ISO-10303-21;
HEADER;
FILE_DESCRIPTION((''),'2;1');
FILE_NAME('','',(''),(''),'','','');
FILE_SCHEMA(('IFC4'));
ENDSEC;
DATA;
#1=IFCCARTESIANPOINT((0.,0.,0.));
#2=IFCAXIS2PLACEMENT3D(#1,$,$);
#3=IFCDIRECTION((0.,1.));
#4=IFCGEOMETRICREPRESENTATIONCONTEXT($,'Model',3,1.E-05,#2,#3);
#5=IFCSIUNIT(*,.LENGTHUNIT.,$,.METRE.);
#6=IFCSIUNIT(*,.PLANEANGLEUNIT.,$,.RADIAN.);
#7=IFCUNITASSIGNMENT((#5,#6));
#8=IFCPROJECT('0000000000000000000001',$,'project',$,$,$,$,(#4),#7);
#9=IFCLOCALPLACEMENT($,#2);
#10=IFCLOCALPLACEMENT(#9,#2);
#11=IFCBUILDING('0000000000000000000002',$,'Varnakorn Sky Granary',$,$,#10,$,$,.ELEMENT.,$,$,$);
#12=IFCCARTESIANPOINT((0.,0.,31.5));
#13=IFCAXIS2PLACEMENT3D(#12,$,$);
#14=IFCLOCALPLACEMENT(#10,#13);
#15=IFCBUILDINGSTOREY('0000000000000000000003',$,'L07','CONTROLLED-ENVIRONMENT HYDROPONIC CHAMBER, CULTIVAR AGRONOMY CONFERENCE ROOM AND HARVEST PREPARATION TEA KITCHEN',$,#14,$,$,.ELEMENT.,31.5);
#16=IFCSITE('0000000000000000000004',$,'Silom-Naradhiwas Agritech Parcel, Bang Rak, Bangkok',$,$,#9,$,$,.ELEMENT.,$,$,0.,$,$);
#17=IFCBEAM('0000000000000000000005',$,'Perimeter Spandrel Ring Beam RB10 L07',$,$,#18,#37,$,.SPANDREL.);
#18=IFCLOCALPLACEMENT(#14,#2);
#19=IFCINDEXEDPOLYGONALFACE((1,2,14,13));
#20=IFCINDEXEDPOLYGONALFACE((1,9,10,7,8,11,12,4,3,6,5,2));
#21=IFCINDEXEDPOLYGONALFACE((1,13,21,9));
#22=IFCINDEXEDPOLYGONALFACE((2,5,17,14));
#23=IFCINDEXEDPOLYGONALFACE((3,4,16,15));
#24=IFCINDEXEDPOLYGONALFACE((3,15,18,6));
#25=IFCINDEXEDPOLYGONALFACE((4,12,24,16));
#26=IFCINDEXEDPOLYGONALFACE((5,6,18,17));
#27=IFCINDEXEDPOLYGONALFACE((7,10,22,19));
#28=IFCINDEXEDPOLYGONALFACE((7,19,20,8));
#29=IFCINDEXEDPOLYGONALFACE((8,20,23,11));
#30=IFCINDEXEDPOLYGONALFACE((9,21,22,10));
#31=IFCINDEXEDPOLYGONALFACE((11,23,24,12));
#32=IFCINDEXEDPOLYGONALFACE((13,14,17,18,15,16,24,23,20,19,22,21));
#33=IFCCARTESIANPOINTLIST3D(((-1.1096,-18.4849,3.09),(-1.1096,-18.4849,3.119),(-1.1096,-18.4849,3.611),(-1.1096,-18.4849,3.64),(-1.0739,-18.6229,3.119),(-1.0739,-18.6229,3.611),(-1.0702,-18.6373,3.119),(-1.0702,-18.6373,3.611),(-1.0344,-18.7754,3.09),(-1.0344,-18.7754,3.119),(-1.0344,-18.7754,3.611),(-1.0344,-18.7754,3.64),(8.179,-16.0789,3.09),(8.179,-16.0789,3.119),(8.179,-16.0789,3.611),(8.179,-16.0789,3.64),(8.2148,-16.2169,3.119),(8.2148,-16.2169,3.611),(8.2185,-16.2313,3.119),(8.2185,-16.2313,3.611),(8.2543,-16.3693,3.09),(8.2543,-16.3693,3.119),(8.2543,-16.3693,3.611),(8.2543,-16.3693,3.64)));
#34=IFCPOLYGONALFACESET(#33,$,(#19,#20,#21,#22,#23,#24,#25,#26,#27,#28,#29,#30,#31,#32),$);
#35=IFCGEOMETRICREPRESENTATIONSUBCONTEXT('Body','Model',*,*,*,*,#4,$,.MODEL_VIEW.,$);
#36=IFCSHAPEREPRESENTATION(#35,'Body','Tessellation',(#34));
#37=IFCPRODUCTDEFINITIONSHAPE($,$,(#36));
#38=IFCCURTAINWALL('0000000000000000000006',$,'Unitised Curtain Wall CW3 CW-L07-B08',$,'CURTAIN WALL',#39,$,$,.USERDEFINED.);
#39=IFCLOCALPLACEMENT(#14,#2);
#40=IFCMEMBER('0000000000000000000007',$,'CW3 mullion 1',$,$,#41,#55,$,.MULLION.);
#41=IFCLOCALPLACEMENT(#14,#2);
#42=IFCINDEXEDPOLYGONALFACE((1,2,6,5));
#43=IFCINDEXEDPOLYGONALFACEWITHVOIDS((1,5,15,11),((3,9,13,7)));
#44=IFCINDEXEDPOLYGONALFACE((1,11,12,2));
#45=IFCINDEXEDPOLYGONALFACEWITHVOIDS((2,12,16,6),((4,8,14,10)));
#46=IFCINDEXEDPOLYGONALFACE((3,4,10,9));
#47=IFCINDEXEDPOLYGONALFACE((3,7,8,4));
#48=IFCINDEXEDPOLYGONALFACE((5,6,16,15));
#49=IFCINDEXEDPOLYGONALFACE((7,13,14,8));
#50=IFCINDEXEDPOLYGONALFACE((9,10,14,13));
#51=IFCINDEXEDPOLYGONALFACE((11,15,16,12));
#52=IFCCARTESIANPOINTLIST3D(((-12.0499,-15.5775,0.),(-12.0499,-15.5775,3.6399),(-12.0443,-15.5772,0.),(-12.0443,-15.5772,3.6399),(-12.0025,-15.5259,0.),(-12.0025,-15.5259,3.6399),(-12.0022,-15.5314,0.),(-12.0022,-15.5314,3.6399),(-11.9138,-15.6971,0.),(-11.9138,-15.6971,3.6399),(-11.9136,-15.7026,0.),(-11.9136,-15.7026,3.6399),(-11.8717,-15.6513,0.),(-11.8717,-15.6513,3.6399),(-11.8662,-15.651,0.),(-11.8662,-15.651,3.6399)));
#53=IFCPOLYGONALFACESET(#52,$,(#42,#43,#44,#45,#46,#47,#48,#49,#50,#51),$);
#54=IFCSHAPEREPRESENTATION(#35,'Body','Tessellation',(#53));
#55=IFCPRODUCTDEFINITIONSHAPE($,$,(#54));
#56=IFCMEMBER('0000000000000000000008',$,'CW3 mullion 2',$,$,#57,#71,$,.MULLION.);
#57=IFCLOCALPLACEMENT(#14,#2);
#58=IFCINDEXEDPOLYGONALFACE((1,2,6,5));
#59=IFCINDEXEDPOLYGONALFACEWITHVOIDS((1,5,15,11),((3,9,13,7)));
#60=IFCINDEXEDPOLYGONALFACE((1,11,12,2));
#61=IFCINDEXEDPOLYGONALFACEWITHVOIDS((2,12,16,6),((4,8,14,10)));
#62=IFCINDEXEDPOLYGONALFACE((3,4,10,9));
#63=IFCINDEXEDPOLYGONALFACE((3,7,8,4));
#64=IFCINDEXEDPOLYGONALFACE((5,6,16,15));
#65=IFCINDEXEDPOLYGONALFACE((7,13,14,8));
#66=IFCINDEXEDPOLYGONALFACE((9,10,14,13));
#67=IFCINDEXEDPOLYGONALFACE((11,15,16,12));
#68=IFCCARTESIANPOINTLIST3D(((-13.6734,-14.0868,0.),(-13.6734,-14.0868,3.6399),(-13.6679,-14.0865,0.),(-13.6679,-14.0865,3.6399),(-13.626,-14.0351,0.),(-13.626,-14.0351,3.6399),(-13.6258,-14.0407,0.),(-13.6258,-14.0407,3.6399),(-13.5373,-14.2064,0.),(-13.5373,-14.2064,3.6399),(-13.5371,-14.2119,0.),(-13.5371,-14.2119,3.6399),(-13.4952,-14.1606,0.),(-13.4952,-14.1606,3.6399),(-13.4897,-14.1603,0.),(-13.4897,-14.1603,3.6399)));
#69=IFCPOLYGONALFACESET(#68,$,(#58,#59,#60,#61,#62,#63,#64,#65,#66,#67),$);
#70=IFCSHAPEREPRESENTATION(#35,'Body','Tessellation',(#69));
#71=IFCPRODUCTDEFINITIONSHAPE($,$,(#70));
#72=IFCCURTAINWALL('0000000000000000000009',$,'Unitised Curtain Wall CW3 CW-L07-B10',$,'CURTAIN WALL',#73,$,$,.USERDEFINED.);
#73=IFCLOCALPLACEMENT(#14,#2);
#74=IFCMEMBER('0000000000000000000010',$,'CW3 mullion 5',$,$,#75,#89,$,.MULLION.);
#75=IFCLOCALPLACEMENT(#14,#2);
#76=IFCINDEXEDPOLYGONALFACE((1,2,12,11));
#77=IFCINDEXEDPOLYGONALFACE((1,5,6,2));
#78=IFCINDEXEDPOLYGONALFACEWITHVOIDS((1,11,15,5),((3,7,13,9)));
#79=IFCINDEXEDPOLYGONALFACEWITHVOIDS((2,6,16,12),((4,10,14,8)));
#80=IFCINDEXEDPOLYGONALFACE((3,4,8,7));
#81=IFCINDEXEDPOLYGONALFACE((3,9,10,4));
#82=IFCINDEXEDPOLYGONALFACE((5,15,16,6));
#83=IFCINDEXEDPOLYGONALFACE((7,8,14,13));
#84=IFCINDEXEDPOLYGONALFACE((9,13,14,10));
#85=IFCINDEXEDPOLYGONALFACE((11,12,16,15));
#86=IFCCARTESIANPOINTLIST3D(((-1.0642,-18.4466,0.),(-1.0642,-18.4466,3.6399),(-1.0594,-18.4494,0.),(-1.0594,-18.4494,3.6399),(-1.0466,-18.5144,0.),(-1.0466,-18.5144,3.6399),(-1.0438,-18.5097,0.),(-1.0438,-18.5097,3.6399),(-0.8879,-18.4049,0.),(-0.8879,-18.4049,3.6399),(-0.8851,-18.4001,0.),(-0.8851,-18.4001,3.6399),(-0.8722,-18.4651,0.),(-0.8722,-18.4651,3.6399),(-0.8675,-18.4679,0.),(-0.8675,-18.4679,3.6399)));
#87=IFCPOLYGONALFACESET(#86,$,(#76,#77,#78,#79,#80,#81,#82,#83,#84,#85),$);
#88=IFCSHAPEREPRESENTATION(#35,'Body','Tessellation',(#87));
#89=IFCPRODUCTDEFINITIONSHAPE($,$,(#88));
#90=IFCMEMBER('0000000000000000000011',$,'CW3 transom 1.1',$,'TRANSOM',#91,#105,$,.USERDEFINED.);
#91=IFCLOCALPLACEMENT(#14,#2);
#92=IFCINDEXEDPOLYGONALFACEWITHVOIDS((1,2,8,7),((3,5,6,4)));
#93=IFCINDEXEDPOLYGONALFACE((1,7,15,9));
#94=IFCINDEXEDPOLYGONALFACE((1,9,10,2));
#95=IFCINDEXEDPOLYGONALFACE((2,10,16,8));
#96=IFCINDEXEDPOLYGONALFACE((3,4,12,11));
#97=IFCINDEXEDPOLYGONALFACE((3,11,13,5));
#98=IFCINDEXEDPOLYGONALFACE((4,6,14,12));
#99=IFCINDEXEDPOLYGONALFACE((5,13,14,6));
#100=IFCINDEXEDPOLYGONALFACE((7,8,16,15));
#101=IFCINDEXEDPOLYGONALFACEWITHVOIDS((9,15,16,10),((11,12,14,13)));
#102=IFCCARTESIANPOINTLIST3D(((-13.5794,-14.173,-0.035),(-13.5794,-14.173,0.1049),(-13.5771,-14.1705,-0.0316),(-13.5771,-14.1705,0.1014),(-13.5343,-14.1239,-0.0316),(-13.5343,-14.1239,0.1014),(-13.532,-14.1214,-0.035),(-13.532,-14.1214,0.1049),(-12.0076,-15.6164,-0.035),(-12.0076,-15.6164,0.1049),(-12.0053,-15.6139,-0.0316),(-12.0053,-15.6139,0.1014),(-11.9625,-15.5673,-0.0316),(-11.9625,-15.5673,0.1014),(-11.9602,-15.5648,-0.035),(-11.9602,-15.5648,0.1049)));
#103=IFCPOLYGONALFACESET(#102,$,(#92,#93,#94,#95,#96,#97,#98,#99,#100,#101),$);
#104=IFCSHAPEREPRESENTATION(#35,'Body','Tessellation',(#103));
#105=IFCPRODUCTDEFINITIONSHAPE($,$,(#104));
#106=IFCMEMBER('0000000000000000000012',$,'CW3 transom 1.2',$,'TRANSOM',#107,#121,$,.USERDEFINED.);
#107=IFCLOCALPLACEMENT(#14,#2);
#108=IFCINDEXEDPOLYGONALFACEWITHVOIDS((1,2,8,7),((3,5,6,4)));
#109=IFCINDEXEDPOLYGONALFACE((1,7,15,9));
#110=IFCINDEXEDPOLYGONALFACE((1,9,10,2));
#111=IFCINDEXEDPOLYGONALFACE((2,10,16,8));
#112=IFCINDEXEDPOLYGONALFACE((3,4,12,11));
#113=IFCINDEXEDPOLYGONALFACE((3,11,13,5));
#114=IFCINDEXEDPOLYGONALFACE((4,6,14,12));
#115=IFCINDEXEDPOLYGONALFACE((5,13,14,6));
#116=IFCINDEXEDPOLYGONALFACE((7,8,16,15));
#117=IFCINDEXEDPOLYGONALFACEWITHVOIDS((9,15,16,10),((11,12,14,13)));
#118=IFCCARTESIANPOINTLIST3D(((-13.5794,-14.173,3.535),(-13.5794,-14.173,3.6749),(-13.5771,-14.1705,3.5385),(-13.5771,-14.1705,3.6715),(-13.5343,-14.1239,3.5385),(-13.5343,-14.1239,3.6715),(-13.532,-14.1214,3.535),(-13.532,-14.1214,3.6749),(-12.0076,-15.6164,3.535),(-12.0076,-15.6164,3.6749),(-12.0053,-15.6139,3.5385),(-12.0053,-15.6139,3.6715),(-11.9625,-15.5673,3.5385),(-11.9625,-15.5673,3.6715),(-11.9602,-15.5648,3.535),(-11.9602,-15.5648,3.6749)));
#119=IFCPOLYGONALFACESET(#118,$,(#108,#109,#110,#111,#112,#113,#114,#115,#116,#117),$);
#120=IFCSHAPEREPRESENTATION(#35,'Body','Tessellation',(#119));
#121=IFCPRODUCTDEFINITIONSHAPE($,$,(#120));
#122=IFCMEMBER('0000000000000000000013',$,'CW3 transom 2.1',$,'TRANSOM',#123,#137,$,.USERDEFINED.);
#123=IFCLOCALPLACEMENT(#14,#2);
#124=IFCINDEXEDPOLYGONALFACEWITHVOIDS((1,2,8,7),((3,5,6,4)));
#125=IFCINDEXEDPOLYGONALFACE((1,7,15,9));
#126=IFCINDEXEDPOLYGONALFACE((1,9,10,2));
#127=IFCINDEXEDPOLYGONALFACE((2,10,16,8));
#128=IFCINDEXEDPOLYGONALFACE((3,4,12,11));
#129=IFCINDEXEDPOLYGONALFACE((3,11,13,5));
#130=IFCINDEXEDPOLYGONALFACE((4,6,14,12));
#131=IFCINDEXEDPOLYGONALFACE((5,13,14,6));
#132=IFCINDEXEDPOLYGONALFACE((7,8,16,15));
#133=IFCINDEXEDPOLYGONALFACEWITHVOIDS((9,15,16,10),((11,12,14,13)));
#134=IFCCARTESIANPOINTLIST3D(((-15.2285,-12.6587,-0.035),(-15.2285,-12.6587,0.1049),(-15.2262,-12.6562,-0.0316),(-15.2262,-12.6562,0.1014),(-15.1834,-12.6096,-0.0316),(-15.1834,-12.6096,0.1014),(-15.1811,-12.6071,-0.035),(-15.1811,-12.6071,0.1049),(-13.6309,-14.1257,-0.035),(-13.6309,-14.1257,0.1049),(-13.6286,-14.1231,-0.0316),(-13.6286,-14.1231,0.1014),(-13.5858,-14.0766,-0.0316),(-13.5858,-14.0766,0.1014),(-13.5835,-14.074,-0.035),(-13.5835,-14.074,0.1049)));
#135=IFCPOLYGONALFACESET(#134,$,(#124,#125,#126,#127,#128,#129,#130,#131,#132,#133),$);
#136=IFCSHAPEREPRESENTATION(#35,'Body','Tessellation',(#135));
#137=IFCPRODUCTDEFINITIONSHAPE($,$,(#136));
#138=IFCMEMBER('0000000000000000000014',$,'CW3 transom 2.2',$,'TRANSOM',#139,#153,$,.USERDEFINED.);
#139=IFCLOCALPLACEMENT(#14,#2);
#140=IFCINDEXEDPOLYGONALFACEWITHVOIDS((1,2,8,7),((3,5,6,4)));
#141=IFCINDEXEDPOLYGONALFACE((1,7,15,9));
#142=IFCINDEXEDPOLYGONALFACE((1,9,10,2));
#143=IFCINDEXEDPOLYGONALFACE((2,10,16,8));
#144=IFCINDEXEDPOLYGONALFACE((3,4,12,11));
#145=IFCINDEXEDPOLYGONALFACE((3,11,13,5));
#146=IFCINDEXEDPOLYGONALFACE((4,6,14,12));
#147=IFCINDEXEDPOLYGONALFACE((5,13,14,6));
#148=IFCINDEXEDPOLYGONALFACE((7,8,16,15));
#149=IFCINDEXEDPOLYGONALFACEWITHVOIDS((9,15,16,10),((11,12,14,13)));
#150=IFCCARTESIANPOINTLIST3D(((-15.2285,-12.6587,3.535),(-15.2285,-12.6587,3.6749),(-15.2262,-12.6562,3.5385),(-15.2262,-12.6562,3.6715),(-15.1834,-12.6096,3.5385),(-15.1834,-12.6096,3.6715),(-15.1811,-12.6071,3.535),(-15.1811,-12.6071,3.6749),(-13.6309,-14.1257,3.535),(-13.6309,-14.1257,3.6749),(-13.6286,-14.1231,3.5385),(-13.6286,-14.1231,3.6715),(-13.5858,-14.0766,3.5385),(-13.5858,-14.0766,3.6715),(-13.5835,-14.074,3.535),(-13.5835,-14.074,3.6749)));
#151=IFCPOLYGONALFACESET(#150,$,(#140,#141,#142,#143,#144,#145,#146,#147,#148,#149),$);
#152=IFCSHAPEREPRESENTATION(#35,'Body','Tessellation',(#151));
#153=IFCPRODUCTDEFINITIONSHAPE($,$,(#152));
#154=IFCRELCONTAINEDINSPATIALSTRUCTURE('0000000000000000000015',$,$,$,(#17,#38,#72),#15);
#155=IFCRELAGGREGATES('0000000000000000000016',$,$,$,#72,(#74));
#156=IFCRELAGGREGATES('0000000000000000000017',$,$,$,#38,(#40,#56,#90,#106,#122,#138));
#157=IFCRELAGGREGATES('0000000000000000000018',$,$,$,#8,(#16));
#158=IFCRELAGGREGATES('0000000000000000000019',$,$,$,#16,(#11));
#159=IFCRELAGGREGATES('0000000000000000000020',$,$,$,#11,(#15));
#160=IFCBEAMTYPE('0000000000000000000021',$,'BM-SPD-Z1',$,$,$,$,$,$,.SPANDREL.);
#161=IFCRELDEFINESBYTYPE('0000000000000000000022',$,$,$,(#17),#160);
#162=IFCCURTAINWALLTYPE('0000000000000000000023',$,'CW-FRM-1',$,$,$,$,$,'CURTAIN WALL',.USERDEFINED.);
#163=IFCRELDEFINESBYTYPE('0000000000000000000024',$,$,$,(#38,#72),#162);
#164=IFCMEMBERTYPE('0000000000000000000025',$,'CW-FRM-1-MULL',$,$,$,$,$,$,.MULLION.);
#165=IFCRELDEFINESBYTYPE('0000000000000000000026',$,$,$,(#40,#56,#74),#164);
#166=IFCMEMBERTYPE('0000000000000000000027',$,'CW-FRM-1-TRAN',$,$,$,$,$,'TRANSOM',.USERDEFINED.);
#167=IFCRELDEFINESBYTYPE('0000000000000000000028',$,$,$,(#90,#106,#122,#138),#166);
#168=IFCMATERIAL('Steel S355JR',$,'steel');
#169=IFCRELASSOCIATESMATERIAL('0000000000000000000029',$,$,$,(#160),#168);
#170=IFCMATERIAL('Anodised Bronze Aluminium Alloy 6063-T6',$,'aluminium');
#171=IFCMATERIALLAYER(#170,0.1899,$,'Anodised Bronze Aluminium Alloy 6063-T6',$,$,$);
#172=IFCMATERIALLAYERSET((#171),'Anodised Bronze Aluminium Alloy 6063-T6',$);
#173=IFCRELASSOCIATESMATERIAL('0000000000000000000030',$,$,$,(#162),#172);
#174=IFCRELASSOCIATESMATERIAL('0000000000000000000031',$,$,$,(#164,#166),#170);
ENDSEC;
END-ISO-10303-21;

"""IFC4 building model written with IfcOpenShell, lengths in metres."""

from ifc_helpers import new_model, si_unit, direction, frame, origin, origin_2d, place, context, subcontext, project, spatial, hollow_rectangle, i_section, extrude, material, layer, layer_set, material_profile, profile_set, type_object, element, aggregate, save


model = new_model("IFC4")

# Units and contexts
model_context = context("Model", 3, precision=1e-05, world=origin(), true_north=direction((0.0, 1.0)))
body_context = subcontext(model_context, "Body", "Model", "MODEL_VIEW")
ifc_project = project(units=[si_unit("LENGTHUNIT", "METRE"), si_unit("PLANEANGLEUNIT", "RADIAN")], contexts=[model_context])

# Site, building, storey
site_placement = place(None, origin())
site = spatial("IfcSite", under=ifc_project, at=site_placement, Name="Silom-Naradhiwas Agritech Parcel, Bang Rak, Bangkok", CompositionType="ELEMENT", RefElevation=0.0)
building_placement = place(site_placement, origin())
building = spatial("IfcBuilding", under=site, at=building_placement, Name="Varnakorn Sky Granary", CompositionType="ELEMENT")
storey_placement = place(building_placement, frame((0.0, 0.0, 31.5)))
storey = spatial("IfcBuildingStorey", under=building, at=storey_placement, Name="L07", Description="CONTROLLED-ENVIRONMENT HYDROPONIC CHAMBER, CULTIVAR AGRONOMY CONFERENCE ROOM AND HARVEST PREPARATION TEA KITCHEN", CompositionType="ELEMENT", Elevation=31.5)

# Beam
ifc_material_1 = material(Name="Steel S355JR", Category="steel")
ifc_material_profile_1 = material_profile(ifc_material_1, i_section(OverallWidth=0.3, OverallDepth=0.55, WebThickness=0.0149, FlangeThickness=0.0291, at=origin_2d()), Name="HE 550 B")
ifc_profile_set_1 = profile_set([ifc_material_profile_1], Name="Steel S355JR")
beam_type = type_object("IfcBeamType", Name="BM-SPD-Z1", PredefinedType="SPANDREL", material=ifc_profile_set_1)
for number, where, z_axis, x_axis, name in (
    (1, (-1.072, -18.6301, 3.365), (0.968051, 0.250753, 0.0), (-0.250753, 0.968051, 0.0), "Perimeter Spandrel Ring Beam RB10 L07"),
):
    element("IfcBeam", number, at=place(storey_placement, frame(where, z_axis=z_axis, x_axis=x_axis)), inside=storey, type_object=beam_type, Name=name, PredefinedType="SPANDREL", context=body_context, shape_type="SweptSolid", body=[
        extrude(i_section(OverallWidth=0.3, OverallDepth=0.55, WebThickness=0.0149, FlangeThickness=0.0291, at=origin_2d()), origin(), (0.0, 0.0, 1.0), 9.5952),
    ])

# Curtain wall, members
ifc_material_2 = material(Name="Anodised Bronze Aluminium Alloy 6063-T6", Category="aluminium")
ifc_layer_1 = layer(ifc_material_2, 0.1899, Name="Anodised Bronze Aluminium Alloy 6063-T6")
ifc_layer_set_1 = layer_set([ifc_layer_1], Name="Anodised Bronze Aluminium Alloy 6063-T6")
curtain_wall_type = type_object("IfcCurtainWallType", Name="CW-FRM-1", ElementType="CURTAIN WALL", PredefinedType="USERDEFINED", material=ifc_layer_set_1)
curtain_wall_1_placement = place(storey_placement, origin())
curtain_wall_1 = element("IfcCurtainWall", 2, at=curtain_wall_1_placement, inside=storey, type_object=curtain_wall_type, Name="Unitised Curtain Wall CW3 CW-L07-B08", ObjectType="CURTAIN WALL", PredefinedType="USERDEFINED")
ifc_material_profile_2 = material_profile(ifc_material_2, hollow_rectangle(XDim=0.0701, YDim=0.1851, WallThickness=0.0039, at=origin_2d()), Name="ALU MULL 70x185")
ifc_profile_set_2 = profile_set([ifc_material_profile_2], Name="Anodised Bronze Aluminium Alloy 6063-T6")
member_type_1 = type_object("IfcMemberType", Name="CW-FRM-1-MULL", PredefinedType="MULLION", material=ifc_profile_set_2)
member_1_placement = place(storey_placement, frame((-11.958, -15.6143, 0.0), z_axis=(0.0, 0.0, 1.0), x_axis=(-0.676387, -0.736547, 0.0)))
member_1 = element("IfcMember", 3, at=member_1_placement, type_object=member_type_1, Name="CW3 mullion 1", PredefinedType="MULLION", context=body_context, shape_type="SweptSolid", body=[
    extrude(hollow_rectangle(XDim=0.0701, YDim=0.1851, WallThickness=0.0039, at=origin_2d()), origin(), (0.0, 0.0, 1.0), 3.6399),
])
member_2_placement = place(storey_placement, frame((-13.5815, -14.1235, 0.0), z_axis=(0.0, 0.0, 1.0), x_axis=(-0.676387, -0.736547, 0.0)))
member_2 = element("IfcMember", 4, at=member_2_placement, type_object=member_type_1, Name="CW3 mullion 2", PredefinedType="MULLION", context=body_context, shape_type="SweptSolid", body=[
    extrude(hollow_rectangle(XDim=0.0701, YDim=0.1851, WallThickness=0.0039, at=origin_2d()), origin(), (0.0, 0.0, 1.0), 3.6399),
])

# Curtain wall, member
curtain_wall_2_placement = place(storey_placement, origin())
curtain_wall_2 = element("IfcCurtainWall", 5, at=curtain_wall_2_placement, inside=storey, type_object=curtain_wall_type, Name="Unitised Curtain Wall CW3 CW-L07-B10", ObjectType="CURTAIN WALL", PredefinedType="USERDEFINED")
member_3_placement = place(storey_placement, frame((-0.9658, -18.4573, 0.0), z_axis=(0.0, 0.0, 1.0), x_axis=(0.251165, -0.967944, 0.0)))
member_3 = element("IfcMember", 6, at=member_3_placement, type_object=member_type_1, Name="CW3 mullion 5", PredefinedType="MULLION", context=body_context, shape_type="SweptSolid", body=[
    extrude(hollow_rectangle(XDim=0.0701, YDim=0.1851, WallThickness=0.0039, at=origin_2d()), origin(), (0.0, 0.0, 1.0), 3.6399),
])
aggregate(curtain_wall_2, [member_3])

# Members
ifc_material_profile_3 = material_profile(ifc_material_2, hollow_rectangle(XDim=0.0701, YDim=0.1399, WallThickness=0.0034, at=origin_2d()), Name="ALU TRAN 70x140")
ifc_profile_set_3 = profile_set([ifc_material_profile_3], Name="Anodised Bronze Aluminium Alloy 6063-T6")
member_type_2 = type_object("IfcMemberType", Name="CW-FRM-1-TRAN", ElementType="TRANSOM", PredefinedType="USERDEFINED", material=ifc_profile_set_3)
member_4_placement = place(storey_placement, frame((-11.9839, -15.5906, 0.0349), z_axis=(-0.736555, 0.676377, 0.0), x_axis=(-0.676377, -0.736555, 0.0)))
member_4 = element("IfcMember", 7, at=member_4_placement, type_object=member_type_2, Name="CW3 transom 1.1", ObjectType="TRANSOM", PredefinedType="USERDEFINED", context=body_context, shape_type="SweptSolid", body=[
    extrude(hollow_rectangle(XDim=0.0701, YDim=0.1399, WallThickness=0.0034, at=origin_2d()), origin(), (0.0, 0.0, 1.0), 2.134),
])
member_5_placement = place(storey_placement, frame((-11.9839, -15.5906, 3.605), z_axis=(-0.736555, 0.676377, 0.0), x_axis=(-0.676377, -0.736555, 0.0)))
member_5 = element("IfcMember", 8, at=member_5_placement, type_object=member_type_2, Name="CW3 transom 1.2", ObjectType="TRANSOM", PredefinedType="USERDEFINED", context=body_context, shape_type="SweptSolid", body=[
    extrude(hollow_rectangle(XDim=0.0701, YDim=0.1399, WallThickness=0.0034, at=origin_2d()), origin(), (0.0, 0.0, 1.0), 2.134),
])
member_6_placement = place(storey_placement, frame((-13.6072, -14.0999, 0.0349), z_axis=(-0.736575, 0.676356, 0.0), x_axis=(-0.676356, -0.736575, 0.0)))
member_6 = element("IfcMember", 9, at=member_6_placement, type_object=member_type_2, Name="CW3 transom 2.1", ObjectType="TRANSOM", PredefinedType="USERDEFINED", context=body_context, shape_type="SweptSolid", body=[
    extrude(hollow_rectangle(XDim=0.0701, YDim=0.1399, WallThickness=0.0034, at=origin_2d()), origin(), (0.0, 0.0, 1.0), 2.1689),
])
member_7_placement = place(storey_placement, frame((-13.6072, -14.0999, 3.605), z_axis=(-0.736575, 0.676356, 0.0), x_axis=(-0.676356, -0.736575, 0.0)))
member_7 = element("IfcMember", 10, at=member_7_placement, type_object=member_type_2, Name="CW3 transom 2.2", ObjectType="TRANSOM", PredefinedType="USERDEFINED", context=body_context, shape_type="SweptSolid", body=[
    extrude(hollow_rectangle(XDim=0.0701, YDim=0.1399, WallThickness=0.0034, at=origin_2d()), origin(), (0.0, 0.0, 1.0), 2.1689),
])

aggregate(curtain_wall_1, [member_1, member_2, member_4, member_5, member_6, member_7])

save(model, "model.ifc")
